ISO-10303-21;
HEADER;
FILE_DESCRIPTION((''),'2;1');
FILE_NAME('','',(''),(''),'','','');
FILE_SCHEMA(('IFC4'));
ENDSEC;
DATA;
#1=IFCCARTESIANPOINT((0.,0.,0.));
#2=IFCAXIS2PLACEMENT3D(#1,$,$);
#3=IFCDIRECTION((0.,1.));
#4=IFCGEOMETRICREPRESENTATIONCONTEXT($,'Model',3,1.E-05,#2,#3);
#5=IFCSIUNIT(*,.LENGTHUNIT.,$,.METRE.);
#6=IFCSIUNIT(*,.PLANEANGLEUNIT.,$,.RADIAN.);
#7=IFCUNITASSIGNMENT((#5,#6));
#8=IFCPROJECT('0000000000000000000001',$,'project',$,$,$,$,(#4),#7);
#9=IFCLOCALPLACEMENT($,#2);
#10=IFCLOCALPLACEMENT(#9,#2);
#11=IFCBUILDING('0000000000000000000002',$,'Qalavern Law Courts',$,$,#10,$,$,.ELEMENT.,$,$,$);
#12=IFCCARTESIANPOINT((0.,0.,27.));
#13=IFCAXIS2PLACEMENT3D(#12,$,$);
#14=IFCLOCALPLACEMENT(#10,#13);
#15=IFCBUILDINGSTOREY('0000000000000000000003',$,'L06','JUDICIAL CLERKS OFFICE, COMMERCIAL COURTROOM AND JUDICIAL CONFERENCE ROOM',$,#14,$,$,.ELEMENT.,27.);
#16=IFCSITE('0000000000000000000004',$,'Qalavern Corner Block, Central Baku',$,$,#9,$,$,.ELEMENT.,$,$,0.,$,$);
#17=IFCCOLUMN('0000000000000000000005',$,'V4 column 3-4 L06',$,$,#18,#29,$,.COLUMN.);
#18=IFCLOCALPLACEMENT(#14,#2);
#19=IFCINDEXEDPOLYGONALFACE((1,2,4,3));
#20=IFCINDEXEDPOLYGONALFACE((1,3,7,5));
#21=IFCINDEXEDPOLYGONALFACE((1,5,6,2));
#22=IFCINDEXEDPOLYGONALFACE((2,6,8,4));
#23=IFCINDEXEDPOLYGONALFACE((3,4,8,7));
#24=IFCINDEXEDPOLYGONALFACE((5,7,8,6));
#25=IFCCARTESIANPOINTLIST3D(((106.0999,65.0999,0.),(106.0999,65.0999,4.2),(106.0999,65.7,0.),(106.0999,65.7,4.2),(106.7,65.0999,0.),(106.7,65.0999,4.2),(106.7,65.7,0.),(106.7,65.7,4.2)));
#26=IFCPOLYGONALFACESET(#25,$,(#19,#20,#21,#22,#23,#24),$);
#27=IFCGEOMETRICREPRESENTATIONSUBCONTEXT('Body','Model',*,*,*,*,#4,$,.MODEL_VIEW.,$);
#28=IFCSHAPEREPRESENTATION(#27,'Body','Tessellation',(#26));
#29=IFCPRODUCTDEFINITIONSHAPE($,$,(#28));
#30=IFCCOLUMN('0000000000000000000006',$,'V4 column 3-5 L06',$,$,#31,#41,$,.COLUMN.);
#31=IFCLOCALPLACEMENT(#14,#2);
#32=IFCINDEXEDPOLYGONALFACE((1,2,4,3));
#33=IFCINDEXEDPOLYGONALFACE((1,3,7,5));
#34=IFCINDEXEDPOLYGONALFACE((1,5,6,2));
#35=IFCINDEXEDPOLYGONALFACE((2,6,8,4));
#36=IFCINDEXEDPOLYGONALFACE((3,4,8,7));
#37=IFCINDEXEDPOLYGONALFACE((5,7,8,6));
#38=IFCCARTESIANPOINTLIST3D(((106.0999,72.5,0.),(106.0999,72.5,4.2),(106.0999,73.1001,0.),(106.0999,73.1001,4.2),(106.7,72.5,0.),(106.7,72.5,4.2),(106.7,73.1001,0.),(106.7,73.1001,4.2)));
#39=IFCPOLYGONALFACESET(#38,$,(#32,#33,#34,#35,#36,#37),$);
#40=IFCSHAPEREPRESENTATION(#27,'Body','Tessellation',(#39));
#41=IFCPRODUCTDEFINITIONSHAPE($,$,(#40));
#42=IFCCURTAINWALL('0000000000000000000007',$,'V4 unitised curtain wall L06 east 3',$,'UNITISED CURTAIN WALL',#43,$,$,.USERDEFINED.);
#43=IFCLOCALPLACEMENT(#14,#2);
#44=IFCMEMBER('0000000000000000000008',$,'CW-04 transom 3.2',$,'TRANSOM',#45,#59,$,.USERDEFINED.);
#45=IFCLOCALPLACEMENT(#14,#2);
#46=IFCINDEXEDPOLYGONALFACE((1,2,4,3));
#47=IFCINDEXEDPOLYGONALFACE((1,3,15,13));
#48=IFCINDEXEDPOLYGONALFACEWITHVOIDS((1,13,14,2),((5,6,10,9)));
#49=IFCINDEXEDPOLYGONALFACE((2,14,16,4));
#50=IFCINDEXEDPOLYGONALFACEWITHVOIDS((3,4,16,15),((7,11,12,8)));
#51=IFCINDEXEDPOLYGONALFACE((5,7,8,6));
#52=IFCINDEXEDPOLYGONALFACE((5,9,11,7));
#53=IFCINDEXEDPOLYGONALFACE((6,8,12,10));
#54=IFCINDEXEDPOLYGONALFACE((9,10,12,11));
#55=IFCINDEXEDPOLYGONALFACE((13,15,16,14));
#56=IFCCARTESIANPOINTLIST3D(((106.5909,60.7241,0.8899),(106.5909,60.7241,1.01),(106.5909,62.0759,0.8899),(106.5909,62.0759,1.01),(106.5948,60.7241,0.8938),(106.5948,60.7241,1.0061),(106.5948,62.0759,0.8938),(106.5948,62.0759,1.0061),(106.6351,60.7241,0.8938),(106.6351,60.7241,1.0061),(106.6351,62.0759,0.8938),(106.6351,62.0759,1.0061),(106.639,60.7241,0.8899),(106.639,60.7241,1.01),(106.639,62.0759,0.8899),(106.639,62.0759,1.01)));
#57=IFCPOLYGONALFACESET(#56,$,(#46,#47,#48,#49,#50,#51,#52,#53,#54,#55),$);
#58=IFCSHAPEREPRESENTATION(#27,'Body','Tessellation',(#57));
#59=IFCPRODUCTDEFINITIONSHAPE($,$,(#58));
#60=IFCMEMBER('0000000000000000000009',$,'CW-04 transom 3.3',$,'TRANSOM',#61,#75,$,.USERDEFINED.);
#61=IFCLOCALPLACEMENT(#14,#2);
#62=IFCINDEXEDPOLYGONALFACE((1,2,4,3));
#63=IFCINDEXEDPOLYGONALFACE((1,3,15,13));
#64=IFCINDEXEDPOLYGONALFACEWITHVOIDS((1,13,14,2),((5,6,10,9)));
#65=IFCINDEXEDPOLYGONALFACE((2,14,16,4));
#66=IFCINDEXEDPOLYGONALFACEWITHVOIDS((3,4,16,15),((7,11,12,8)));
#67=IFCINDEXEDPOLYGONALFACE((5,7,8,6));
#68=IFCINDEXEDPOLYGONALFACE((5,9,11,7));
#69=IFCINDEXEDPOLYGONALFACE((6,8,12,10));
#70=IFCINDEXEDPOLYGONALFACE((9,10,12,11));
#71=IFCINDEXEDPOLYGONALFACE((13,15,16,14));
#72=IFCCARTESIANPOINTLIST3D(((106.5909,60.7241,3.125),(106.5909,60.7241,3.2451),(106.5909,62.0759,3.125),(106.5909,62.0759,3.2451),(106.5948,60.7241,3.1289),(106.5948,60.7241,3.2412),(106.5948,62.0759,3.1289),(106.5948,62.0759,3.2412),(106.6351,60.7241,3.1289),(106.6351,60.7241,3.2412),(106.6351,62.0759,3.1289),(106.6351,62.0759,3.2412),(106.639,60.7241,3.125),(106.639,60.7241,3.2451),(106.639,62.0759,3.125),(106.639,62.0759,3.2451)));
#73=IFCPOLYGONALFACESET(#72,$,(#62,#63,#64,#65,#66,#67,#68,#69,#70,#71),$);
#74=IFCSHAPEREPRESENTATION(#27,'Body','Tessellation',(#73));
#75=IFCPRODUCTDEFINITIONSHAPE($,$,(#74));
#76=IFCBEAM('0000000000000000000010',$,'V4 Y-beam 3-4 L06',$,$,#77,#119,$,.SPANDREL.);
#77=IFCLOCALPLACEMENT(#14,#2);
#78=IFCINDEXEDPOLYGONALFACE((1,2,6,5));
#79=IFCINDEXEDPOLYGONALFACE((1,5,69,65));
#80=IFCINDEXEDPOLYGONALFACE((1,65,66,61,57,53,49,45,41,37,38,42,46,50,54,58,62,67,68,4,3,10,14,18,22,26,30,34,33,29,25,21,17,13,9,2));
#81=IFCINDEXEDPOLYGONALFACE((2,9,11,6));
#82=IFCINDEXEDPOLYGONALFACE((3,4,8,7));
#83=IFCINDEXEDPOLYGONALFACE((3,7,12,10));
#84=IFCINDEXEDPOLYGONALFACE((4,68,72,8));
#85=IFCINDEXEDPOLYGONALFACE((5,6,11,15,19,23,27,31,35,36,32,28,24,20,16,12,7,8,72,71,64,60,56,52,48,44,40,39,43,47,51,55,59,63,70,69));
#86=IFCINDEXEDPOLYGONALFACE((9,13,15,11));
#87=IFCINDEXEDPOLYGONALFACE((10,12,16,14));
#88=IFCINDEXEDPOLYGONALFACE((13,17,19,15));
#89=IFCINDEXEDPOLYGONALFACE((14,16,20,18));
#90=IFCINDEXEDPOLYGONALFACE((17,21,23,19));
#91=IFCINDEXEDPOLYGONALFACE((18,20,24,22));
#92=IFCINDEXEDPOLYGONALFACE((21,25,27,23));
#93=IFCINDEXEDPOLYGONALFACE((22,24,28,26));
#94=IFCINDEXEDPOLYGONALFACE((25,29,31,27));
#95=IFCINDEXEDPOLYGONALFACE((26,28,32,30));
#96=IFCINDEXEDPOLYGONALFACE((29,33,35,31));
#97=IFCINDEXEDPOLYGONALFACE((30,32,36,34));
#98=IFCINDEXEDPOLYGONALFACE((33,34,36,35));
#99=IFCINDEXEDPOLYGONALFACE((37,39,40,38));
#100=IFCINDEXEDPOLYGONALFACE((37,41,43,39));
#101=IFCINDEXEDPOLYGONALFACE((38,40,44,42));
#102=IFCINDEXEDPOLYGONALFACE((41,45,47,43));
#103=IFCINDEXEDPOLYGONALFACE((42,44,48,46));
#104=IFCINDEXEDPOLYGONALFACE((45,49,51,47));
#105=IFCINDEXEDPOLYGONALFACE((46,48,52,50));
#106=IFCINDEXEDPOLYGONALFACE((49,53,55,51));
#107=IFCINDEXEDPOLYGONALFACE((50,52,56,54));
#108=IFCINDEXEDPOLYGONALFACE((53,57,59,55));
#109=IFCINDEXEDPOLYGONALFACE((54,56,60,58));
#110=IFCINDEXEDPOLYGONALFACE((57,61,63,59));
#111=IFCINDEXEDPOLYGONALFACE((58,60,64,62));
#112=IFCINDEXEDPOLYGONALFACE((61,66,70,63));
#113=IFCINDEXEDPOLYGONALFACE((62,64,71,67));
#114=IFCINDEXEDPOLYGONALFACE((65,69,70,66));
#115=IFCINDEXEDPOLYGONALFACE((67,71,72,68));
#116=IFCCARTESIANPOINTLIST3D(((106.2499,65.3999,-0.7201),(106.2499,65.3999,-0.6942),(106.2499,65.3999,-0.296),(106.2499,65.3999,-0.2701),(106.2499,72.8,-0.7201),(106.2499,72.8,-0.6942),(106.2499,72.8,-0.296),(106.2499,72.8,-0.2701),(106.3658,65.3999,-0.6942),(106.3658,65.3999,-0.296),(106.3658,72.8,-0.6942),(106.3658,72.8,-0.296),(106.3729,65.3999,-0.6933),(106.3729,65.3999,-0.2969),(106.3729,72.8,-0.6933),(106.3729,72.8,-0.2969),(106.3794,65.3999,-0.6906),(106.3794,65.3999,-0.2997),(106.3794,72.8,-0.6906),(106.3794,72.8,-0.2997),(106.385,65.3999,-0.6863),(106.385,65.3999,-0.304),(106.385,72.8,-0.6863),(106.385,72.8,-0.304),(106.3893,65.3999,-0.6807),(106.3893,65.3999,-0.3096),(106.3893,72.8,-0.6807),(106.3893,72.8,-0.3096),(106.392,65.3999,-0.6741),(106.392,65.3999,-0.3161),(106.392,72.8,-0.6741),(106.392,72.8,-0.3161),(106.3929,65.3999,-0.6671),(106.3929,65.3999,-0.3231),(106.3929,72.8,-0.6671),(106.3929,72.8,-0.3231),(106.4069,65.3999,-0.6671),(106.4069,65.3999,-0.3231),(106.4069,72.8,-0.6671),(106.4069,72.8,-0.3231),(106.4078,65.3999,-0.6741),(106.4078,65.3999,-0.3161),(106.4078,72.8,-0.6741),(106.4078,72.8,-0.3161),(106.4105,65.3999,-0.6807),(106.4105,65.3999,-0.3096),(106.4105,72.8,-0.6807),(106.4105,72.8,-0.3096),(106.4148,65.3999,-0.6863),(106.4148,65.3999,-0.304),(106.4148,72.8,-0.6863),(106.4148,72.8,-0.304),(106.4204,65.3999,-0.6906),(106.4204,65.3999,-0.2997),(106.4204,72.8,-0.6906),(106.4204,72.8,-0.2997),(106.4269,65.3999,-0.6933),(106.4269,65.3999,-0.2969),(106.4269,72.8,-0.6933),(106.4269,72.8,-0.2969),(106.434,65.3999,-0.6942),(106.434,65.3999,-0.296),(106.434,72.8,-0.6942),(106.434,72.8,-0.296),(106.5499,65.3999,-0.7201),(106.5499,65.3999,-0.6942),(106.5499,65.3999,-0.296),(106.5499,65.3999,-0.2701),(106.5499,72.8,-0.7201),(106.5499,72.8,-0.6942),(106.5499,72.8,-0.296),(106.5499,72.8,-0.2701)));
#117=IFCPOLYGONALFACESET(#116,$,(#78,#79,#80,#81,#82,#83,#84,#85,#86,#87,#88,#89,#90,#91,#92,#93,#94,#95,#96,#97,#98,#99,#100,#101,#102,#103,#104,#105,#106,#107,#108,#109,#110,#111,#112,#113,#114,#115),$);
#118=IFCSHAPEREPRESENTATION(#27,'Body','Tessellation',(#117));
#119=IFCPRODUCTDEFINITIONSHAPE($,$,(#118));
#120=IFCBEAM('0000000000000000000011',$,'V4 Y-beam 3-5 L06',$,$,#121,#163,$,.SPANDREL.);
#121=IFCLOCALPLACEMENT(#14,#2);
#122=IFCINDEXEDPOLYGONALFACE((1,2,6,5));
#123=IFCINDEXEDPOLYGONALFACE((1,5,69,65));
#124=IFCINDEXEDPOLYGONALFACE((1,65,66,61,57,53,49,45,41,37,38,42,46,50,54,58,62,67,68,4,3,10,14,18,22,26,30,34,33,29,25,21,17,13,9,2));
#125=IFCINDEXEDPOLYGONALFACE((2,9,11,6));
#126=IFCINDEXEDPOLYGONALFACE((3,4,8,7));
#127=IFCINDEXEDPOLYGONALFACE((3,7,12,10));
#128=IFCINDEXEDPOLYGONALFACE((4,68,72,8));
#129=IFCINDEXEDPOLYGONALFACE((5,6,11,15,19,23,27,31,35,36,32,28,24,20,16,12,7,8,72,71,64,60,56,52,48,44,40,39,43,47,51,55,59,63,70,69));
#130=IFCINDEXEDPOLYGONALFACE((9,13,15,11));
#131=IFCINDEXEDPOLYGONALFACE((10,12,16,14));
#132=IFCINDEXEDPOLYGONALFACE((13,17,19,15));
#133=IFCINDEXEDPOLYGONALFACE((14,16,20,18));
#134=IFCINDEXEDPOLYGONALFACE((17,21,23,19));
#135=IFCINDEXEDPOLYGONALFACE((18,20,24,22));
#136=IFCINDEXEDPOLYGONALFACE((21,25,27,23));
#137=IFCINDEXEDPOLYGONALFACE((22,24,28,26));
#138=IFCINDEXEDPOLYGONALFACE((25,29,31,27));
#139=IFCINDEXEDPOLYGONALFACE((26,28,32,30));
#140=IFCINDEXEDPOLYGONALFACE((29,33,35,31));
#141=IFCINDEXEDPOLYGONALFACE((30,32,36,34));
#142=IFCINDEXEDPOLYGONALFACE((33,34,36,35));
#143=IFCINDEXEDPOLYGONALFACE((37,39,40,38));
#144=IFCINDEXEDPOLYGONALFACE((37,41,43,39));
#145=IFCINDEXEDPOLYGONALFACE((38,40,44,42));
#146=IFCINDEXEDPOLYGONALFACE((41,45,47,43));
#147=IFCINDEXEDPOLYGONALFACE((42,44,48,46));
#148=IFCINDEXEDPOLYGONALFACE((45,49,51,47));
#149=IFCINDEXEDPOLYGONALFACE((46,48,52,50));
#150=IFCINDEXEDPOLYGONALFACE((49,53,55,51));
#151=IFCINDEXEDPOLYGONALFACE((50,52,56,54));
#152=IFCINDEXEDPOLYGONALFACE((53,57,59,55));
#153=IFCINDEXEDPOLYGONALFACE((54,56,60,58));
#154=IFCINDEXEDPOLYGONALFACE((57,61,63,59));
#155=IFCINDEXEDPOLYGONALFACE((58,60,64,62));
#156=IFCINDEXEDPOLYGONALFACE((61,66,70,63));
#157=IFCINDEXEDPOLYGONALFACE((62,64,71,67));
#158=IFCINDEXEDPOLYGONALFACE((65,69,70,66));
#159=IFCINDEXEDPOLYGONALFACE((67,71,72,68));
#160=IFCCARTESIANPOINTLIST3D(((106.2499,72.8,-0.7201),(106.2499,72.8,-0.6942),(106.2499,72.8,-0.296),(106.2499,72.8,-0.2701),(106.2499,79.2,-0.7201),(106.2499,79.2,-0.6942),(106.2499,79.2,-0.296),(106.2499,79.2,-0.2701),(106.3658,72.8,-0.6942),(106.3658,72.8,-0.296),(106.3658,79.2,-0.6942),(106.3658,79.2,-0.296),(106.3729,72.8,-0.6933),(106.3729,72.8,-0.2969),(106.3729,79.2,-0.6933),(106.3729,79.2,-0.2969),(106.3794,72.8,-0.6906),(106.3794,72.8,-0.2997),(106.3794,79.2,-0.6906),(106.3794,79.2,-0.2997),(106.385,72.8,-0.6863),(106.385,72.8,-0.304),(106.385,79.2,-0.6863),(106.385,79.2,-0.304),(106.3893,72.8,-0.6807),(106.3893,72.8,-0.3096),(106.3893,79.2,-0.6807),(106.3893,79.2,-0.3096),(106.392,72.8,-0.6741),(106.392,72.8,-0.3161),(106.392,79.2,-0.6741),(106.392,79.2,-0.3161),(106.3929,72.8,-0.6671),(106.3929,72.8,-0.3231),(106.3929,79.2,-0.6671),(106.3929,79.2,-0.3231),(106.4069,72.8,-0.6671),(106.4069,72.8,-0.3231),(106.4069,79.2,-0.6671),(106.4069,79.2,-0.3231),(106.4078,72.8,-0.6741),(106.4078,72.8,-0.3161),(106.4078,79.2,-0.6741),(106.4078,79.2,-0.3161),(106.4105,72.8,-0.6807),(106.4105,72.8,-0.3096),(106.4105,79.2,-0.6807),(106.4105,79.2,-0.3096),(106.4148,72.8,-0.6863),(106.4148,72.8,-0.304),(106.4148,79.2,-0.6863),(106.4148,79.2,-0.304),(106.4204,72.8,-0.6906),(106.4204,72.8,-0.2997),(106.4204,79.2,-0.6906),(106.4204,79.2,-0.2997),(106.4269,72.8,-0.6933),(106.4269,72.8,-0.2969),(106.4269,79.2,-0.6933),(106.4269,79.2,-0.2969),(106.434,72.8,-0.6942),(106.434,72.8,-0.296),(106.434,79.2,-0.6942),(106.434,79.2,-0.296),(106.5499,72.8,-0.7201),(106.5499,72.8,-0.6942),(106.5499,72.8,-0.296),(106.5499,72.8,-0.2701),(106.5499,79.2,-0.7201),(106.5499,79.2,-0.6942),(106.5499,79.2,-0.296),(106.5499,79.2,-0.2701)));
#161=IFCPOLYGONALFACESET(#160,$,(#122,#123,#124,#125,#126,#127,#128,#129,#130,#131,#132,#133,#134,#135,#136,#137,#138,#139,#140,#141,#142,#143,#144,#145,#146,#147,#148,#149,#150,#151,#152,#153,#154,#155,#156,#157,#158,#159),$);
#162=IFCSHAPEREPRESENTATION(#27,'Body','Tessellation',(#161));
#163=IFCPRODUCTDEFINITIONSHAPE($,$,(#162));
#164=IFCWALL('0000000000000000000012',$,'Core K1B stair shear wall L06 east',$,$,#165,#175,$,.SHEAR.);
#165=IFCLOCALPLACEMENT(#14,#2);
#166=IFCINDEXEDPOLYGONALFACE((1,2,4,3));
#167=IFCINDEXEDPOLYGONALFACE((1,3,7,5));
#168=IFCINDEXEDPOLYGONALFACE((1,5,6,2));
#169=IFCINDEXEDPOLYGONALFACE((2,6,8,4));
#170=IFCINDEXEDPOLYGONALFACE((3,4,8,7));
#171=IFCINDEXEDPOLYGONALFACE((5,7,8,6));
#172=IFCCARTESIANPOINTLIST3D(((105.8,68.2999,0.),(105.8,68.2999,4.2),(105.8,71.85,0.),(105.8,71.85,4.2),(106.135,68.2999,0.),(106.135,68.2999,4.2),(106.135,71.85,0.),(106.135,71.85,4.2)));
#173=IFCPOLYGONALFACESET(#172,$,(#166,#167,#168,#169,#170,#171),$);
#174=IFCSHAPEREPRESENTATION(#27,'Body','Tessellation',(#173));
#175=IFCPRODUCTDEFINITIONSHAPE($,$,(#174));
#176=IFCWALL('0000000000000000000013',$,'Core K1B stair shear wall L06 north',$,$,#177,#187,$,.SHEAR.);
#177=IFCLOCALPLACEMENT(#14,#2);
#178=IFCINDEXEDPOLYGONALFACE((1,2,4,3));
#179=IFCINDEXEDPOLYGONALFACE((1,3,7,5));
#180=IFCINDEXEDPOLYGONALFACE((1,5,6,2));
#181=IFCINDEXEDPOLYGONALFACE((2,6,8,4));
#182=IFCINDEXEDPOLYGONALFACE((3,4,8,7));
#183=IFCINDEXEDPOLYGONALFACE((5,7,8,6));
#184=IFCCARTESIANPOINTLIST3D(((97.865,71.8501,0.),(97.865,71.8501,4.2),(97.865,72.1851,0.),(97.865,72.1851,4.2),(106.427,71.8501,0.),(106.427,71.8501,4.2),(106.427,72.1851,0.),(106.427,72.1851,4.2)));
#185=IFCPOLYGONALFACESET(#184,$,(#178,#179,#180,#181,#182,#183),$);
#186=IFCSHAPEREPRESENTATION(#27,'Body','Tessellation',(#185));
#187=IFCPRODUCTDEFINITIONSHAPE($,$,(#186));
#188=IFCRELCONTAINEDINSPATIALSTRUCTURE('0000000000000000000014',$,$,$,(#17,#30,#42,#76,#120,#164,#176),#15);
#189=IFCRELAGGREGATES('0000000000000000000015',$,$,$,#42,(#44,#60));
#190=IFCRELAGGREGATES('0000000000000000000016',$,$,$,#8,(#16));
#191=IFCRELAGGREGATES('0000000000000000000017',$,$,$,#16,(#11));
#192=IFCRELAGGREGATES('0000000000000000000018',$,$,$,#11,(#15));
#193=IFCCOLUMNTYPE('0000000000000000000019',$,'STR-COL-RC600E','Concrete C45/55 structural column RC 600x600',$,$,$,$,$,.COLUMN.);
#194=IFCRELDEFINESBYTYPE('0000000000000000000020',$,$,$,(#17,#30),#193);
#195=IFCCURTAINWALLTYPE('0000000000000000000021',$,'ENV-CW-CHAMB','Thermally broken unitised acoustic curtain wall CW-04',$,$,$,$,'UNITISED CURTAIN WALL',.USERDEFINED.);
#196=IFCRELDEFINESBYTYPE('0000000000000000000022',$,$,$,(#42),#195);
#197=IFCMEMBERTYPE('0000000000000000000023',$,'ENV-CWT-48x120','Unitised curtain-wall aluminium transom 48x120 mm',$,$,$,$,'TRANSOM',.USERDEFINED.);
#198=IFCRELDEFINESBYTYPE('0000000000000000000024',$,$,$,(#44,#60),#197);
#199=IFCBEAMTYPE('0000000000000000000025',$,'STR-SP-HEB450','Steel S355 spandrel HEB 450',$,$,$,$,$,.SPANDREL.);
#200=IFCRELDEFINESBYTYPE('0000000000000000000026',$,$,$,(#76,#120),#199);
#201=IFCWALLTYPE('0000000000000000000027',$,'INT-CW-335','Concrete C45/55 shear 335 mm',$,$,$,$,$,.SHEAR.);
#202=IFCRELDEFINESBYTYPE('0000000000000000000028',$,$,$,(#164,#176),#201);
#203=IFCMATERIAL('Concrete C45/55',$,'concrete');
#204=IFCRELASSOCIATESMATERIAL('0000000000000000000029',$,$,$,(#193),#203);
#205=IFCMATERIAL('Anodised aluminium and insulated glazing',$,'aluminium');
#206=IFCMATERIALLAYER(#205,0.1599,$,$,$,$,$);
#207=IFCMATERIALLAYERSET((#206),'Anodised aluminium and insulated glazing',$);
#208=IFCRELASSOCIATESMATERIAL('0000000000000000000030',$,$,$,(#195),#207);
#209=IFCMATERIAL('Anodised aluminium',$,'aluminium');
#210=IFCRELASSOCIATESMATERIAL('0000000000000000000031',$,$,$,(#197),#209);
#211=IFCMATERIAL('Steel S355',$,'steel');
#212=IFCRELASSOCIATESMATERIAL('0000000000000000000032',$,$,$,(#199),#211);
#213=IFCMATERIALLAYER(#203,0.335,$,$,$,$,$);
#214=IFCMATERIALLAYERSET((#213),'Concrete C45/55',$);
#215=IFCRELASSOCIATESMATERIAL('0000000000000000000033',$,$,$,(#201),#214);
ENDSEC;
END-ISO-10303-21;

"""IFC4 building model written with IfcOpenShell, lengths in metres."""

from ifc_helpers import new_model, si_unit, direction, frame, frame_2d, origin, origin_2d, place, context, subcontext, project, spatial, rectangle, hollow_rectangle, i_section, extrude, material, layer, layer_set, material_profile, profile_set, type_object, element, aggregate, save


model = new_model("IFC4")

# Units and contexts
model_context = context("Model", 3, precision=1e-05, world=origin(), true_north=direction((0.0, 1.0)))
body_context = subcontext(model_context, "Body", "Model", "MODEL_VIEW")
ifc_project = project(units=[si_unit("LENGTHUNIT", "METRE"), si_unit("PLANEANGLEUNIT", "RADIAN")], contexts=[model_context])

# Site, building, storey
site_placement = place(None, origin())
site = spatial("IfcSite", under=ifc_project, at=site_placement, Name="Qalavern Corner Block, Central Baku", CompositionType="ELEMENT", RefElevation=0.0)
building_placement = place(site_placement, origin())
building = spatial("IfcBuilding", under=site, at=building_placement, Name="Qalavern Law Courts", CompositionType="ELEMENT")
storey_placement = place(building_placement, frame((0.0, 0.0, 27.0)))
storey = spatial("IfcBuildingStorey", under=building, at=storey_placement, Name="L06", Description="JUDICIAL CLERKS OFFICE, COMMERCIAL COURTROOM AND JUDICIAL CONFERENCE ROOM", CompositionType="ELEMENT", Elevation=27.0)

# Columns
ifc_material_1 = material(Name="Concrete C45/55", Category="concrete")
ifc_material_profile_1 = material_profile(ifc_material_1, rectangle(XDim=0.6001, YDim=0.6001, at=origin_2d()), Name="RC 600x600")
ifc_profile_set_1 = profile_set([ifc_material_profile_1], Name="Concrete C45/55")
column_type = type_object("IfcColumnType", Name="STR-COL-RC600E", Description="Concrete C45/55 structural column RC 600x600", PredefinedType="COLUMN", material=ifc_profile_set_1)
for number, where, z_axis, x_axis, name in (
    (1, (106.3999, 65.3999, 0.0), (0.0, 0.0, 1.0), (1.0, 0.0, 0.0), "V4 column 3-4 L06"),
    (2, (106.3999, 72.8, 0.0), (0.0, 0.0, 1.0), (1.0, 0.0, 0.0), "V4 column 3-5 L06"),
):
    element("IfcColumn", number, at=place(storey_placement, frame(where, z_axis=z_axis, x_axis=x_axis)), inside=storey, type_object=column_type, Name=name, PredefinedType="COLUMN", context=body_context, shape_type="SweptSolid", body=[
        extrude(rectangle(XDim=0.6001, YDim=0.6001, at=origin_2d()), origin(), (0.0, 0.0, 1.0), 4.2),
    ])

# Curtain wall, members
ifc_material_2 = material(Name="Anodised aluminium and insulated glazing", Category="aluminium")
ifc_layer_1 = layer(ifc_material_2, 0.1599)
ifc_layer_set_1 = layer_set([ifc_layer_1], Name="Anodised aluminium and insulated glazing")
curtain_wall_type = type_object("IfcCurtainWallType", Name="ENV-CW-CHAMB", Description="Thermally broken unitised acoustic curtain wall CW-04", ElementType="UNITISED CURTAIN WALL", PredefinedType="USERDEFINED", material=ifc_layer_set_1)
curtain_wall_placement = place(storey_placement, origin())
curtain_wall = element("IfcCurtainWall", 3, at=curtain_wall_placement, inside=storey, type_object=curtain_wall_type, Name="V4 unitised curtain wall L06 east 3", ObjectType="UNITISED CURTAIN WALL", PredefinedType="USERDEFINED")
ifc_material_3 = material(Name="Anodised aluminium", Category="aluminium")
ifc_material_profile_2 = material_profile(ifc_material_3, hollow_rectangle(XDim=0.0481, YDim=0.1201, WallThickness=0.0039, at=origin_2d()), Name="ALU TRANSOM 48x120")
ifc_profile_set_2 = profile_set([ifc_material_profile_2], Name="Anodised aluminium")
member_type = type_object("IfcMemberType", Name="ENV-CWT-48x120", Description="Unitised curtain-wall aluminium transom 48x120 mm", ElementType="TRANSOM", PredefinedType="USERDEFINED", material=ifc_profile_set_2)
member_1_placement = place(storey_placement, frame((106.615, 60.7241, 0.95), z_axis=(0.0, 1.0, 0.0), x_axis=(-1.0, 0.0, 0.0)))
member_1 = element("IfcMember", 4, at=member_1_placement, type_object=member_type, Name="CW-04 transom 3.2", ObjectType="TRANSOM", PredefinedType="USERDEFINED", context=body_context, shape_type="SweptSolid", body=[
    extrude(hollow_rectangle(XDim=0.0481, YDim=0.1201, WallThickness=0.0039, at=origin_2d()), origin(), (0.0, 0.0, 1.0), 1.3518),
])
member_2_placement = place(storey_placement, frame((106.615, 60.7241, 3.1851), z_axis=(0.0, 1.0, 0.0), x_axis=(-1.0, 0.0, 0.0)))
member_2 = element("IfcMember", 5, at=member_2_placement, type_object=member_type, Name="CW-04 transom 3.3", ObjectType="TRANSOM", PredefinedType="USERDEFINED", context=body_context, shape_type="SweptSolid", body=[
    extrude(hollow_rectangle(XDim=0.0481, YDim=0.1201, WallThickness=0.0039, at=origin_2d()), origin(), (0.0, 0.0, 1.0), 1.3518),
])
aggregate(curtain_wall, [member_1, member_2])

# Beams
ifc_material_4 = material(Name="Steel S355", Category="steel")
ifc_material_profile_3 = material_profile(ifc_material_4, i_section(OverallWidth=0.3, OverallDepth=0.45, WebThickness=0.0139, FlangeThickness=0.0259, FilletRadius=0.0271, at=origin_2d()), Name="HEB 450")
ifc_profile_set_3 = profile_set([ifc_material_profile_3], Name="Steel S355")
beam_type = type_object("IfcBeamType", Name="STR-SP-HEB450", Description="Steel S355 spandrel HEB 450", PredefinedType="SPANDREL", material=ifc_profile_set_3)
beam_1_placement = place(storey_placement, frame((106.3999, 65.3999, -0.4951), z_axis=(0.0, 1.0, 0.0), x_axis=(-1.0, 0.0, 0.0)))
element("IfcBeam", 6, at=beam_1_placement, inside=storey, type_object=beam_type, Name="V4 Y-beam 3-4 L06", PredefinedType="SPANDREL", context=body_context, shape_type="SweptSolid", body=[
    extrude(i_section(OverallWidth=0.3, OverallDepth=0.45, WebThickness=0.0139, FlangeThickness=0.0259, FilletRadius=0.0271, at=origin_2d()), origin(), (0.0, 0.0, 1.0), 7.4001),
])
beam_2_placement = place(storey_placement, frame((106.3999, 72.8, -0.4951), z_axis=(0.0, 1.0, 0.0), x_axis=(-1.0, 0.0, 0.0)))
element("IfcBeam", 7, at=beam_2_placement, inside=storey, type_object=beam_type, Name="V4 Y-beam 3-5 L06", PredefinedType="SPANDREL", context=body_context, shape_type="SweptSolid", body=[
    extrude(i_section(OverallWidth=0.3, OverallDepth=0.45, WebThickness=0.0139, FlangeThickness=0.0259, FilletRadius=0.0271, at=origin_2d()), origin(), (0.0, 0.0, 1.0), 6.3999),
])

# Walls
ifc_layer_2 = layer(ifc_material_1, 0.335)
ifc_layer_set_2 = layer_set([ifc_layer_2], Name="Concrete C45/55")
wall_type = type_object("IfcWallType", Name="INT-CW-335", Description="Concrete C45/55 shear 335 mm", PredefinedType="SHEAR", material=ifc_layer_set_2)
wall_1_placement = place(storey_placement, frame((105.9675, 68.3, 0.0), z_axis=(0.0, 0.0, 1.0), x_axis=(0.0, 1.0, 0.0)))
element("IfcWall", 8, at=wall_1_placement, inside=storey, type_object=wall_type, Name="Core K1B stair shear wall L06 east", PredefinedType="SHEAR", context=body_context, shape_type="SweptSolid", body=[
    extrude(rectangle(XDim=3.55, YDim=0.335, at=frame_2d((1.7749, 0.0))), origin(), (0.0, 0.0, 1.0), 4.2),
])
wall_2_placement = place(storey_placement, frame((106.427, 72.0176, 0.0), z_axis=(0.0, 0.0, 1.0), x_axis=(-1.0, 0.0, 0.0)))
element("IfcWall", 9, at=wall_2_placement, inside=storey, type_object=wall_type, Name="Core K1B stair shear wall L06 north", PredefinedType="SHEAR", context=body_context, shape_type="SweptSolid", body=[
    extrude(rectangle(XDim=8.562, YDim=0.335, at=frame_2d((4.281, 0.0))), origin(), (0.0, 0.0, 1.0), 4.2),
])

save(model, "model.ifc")
